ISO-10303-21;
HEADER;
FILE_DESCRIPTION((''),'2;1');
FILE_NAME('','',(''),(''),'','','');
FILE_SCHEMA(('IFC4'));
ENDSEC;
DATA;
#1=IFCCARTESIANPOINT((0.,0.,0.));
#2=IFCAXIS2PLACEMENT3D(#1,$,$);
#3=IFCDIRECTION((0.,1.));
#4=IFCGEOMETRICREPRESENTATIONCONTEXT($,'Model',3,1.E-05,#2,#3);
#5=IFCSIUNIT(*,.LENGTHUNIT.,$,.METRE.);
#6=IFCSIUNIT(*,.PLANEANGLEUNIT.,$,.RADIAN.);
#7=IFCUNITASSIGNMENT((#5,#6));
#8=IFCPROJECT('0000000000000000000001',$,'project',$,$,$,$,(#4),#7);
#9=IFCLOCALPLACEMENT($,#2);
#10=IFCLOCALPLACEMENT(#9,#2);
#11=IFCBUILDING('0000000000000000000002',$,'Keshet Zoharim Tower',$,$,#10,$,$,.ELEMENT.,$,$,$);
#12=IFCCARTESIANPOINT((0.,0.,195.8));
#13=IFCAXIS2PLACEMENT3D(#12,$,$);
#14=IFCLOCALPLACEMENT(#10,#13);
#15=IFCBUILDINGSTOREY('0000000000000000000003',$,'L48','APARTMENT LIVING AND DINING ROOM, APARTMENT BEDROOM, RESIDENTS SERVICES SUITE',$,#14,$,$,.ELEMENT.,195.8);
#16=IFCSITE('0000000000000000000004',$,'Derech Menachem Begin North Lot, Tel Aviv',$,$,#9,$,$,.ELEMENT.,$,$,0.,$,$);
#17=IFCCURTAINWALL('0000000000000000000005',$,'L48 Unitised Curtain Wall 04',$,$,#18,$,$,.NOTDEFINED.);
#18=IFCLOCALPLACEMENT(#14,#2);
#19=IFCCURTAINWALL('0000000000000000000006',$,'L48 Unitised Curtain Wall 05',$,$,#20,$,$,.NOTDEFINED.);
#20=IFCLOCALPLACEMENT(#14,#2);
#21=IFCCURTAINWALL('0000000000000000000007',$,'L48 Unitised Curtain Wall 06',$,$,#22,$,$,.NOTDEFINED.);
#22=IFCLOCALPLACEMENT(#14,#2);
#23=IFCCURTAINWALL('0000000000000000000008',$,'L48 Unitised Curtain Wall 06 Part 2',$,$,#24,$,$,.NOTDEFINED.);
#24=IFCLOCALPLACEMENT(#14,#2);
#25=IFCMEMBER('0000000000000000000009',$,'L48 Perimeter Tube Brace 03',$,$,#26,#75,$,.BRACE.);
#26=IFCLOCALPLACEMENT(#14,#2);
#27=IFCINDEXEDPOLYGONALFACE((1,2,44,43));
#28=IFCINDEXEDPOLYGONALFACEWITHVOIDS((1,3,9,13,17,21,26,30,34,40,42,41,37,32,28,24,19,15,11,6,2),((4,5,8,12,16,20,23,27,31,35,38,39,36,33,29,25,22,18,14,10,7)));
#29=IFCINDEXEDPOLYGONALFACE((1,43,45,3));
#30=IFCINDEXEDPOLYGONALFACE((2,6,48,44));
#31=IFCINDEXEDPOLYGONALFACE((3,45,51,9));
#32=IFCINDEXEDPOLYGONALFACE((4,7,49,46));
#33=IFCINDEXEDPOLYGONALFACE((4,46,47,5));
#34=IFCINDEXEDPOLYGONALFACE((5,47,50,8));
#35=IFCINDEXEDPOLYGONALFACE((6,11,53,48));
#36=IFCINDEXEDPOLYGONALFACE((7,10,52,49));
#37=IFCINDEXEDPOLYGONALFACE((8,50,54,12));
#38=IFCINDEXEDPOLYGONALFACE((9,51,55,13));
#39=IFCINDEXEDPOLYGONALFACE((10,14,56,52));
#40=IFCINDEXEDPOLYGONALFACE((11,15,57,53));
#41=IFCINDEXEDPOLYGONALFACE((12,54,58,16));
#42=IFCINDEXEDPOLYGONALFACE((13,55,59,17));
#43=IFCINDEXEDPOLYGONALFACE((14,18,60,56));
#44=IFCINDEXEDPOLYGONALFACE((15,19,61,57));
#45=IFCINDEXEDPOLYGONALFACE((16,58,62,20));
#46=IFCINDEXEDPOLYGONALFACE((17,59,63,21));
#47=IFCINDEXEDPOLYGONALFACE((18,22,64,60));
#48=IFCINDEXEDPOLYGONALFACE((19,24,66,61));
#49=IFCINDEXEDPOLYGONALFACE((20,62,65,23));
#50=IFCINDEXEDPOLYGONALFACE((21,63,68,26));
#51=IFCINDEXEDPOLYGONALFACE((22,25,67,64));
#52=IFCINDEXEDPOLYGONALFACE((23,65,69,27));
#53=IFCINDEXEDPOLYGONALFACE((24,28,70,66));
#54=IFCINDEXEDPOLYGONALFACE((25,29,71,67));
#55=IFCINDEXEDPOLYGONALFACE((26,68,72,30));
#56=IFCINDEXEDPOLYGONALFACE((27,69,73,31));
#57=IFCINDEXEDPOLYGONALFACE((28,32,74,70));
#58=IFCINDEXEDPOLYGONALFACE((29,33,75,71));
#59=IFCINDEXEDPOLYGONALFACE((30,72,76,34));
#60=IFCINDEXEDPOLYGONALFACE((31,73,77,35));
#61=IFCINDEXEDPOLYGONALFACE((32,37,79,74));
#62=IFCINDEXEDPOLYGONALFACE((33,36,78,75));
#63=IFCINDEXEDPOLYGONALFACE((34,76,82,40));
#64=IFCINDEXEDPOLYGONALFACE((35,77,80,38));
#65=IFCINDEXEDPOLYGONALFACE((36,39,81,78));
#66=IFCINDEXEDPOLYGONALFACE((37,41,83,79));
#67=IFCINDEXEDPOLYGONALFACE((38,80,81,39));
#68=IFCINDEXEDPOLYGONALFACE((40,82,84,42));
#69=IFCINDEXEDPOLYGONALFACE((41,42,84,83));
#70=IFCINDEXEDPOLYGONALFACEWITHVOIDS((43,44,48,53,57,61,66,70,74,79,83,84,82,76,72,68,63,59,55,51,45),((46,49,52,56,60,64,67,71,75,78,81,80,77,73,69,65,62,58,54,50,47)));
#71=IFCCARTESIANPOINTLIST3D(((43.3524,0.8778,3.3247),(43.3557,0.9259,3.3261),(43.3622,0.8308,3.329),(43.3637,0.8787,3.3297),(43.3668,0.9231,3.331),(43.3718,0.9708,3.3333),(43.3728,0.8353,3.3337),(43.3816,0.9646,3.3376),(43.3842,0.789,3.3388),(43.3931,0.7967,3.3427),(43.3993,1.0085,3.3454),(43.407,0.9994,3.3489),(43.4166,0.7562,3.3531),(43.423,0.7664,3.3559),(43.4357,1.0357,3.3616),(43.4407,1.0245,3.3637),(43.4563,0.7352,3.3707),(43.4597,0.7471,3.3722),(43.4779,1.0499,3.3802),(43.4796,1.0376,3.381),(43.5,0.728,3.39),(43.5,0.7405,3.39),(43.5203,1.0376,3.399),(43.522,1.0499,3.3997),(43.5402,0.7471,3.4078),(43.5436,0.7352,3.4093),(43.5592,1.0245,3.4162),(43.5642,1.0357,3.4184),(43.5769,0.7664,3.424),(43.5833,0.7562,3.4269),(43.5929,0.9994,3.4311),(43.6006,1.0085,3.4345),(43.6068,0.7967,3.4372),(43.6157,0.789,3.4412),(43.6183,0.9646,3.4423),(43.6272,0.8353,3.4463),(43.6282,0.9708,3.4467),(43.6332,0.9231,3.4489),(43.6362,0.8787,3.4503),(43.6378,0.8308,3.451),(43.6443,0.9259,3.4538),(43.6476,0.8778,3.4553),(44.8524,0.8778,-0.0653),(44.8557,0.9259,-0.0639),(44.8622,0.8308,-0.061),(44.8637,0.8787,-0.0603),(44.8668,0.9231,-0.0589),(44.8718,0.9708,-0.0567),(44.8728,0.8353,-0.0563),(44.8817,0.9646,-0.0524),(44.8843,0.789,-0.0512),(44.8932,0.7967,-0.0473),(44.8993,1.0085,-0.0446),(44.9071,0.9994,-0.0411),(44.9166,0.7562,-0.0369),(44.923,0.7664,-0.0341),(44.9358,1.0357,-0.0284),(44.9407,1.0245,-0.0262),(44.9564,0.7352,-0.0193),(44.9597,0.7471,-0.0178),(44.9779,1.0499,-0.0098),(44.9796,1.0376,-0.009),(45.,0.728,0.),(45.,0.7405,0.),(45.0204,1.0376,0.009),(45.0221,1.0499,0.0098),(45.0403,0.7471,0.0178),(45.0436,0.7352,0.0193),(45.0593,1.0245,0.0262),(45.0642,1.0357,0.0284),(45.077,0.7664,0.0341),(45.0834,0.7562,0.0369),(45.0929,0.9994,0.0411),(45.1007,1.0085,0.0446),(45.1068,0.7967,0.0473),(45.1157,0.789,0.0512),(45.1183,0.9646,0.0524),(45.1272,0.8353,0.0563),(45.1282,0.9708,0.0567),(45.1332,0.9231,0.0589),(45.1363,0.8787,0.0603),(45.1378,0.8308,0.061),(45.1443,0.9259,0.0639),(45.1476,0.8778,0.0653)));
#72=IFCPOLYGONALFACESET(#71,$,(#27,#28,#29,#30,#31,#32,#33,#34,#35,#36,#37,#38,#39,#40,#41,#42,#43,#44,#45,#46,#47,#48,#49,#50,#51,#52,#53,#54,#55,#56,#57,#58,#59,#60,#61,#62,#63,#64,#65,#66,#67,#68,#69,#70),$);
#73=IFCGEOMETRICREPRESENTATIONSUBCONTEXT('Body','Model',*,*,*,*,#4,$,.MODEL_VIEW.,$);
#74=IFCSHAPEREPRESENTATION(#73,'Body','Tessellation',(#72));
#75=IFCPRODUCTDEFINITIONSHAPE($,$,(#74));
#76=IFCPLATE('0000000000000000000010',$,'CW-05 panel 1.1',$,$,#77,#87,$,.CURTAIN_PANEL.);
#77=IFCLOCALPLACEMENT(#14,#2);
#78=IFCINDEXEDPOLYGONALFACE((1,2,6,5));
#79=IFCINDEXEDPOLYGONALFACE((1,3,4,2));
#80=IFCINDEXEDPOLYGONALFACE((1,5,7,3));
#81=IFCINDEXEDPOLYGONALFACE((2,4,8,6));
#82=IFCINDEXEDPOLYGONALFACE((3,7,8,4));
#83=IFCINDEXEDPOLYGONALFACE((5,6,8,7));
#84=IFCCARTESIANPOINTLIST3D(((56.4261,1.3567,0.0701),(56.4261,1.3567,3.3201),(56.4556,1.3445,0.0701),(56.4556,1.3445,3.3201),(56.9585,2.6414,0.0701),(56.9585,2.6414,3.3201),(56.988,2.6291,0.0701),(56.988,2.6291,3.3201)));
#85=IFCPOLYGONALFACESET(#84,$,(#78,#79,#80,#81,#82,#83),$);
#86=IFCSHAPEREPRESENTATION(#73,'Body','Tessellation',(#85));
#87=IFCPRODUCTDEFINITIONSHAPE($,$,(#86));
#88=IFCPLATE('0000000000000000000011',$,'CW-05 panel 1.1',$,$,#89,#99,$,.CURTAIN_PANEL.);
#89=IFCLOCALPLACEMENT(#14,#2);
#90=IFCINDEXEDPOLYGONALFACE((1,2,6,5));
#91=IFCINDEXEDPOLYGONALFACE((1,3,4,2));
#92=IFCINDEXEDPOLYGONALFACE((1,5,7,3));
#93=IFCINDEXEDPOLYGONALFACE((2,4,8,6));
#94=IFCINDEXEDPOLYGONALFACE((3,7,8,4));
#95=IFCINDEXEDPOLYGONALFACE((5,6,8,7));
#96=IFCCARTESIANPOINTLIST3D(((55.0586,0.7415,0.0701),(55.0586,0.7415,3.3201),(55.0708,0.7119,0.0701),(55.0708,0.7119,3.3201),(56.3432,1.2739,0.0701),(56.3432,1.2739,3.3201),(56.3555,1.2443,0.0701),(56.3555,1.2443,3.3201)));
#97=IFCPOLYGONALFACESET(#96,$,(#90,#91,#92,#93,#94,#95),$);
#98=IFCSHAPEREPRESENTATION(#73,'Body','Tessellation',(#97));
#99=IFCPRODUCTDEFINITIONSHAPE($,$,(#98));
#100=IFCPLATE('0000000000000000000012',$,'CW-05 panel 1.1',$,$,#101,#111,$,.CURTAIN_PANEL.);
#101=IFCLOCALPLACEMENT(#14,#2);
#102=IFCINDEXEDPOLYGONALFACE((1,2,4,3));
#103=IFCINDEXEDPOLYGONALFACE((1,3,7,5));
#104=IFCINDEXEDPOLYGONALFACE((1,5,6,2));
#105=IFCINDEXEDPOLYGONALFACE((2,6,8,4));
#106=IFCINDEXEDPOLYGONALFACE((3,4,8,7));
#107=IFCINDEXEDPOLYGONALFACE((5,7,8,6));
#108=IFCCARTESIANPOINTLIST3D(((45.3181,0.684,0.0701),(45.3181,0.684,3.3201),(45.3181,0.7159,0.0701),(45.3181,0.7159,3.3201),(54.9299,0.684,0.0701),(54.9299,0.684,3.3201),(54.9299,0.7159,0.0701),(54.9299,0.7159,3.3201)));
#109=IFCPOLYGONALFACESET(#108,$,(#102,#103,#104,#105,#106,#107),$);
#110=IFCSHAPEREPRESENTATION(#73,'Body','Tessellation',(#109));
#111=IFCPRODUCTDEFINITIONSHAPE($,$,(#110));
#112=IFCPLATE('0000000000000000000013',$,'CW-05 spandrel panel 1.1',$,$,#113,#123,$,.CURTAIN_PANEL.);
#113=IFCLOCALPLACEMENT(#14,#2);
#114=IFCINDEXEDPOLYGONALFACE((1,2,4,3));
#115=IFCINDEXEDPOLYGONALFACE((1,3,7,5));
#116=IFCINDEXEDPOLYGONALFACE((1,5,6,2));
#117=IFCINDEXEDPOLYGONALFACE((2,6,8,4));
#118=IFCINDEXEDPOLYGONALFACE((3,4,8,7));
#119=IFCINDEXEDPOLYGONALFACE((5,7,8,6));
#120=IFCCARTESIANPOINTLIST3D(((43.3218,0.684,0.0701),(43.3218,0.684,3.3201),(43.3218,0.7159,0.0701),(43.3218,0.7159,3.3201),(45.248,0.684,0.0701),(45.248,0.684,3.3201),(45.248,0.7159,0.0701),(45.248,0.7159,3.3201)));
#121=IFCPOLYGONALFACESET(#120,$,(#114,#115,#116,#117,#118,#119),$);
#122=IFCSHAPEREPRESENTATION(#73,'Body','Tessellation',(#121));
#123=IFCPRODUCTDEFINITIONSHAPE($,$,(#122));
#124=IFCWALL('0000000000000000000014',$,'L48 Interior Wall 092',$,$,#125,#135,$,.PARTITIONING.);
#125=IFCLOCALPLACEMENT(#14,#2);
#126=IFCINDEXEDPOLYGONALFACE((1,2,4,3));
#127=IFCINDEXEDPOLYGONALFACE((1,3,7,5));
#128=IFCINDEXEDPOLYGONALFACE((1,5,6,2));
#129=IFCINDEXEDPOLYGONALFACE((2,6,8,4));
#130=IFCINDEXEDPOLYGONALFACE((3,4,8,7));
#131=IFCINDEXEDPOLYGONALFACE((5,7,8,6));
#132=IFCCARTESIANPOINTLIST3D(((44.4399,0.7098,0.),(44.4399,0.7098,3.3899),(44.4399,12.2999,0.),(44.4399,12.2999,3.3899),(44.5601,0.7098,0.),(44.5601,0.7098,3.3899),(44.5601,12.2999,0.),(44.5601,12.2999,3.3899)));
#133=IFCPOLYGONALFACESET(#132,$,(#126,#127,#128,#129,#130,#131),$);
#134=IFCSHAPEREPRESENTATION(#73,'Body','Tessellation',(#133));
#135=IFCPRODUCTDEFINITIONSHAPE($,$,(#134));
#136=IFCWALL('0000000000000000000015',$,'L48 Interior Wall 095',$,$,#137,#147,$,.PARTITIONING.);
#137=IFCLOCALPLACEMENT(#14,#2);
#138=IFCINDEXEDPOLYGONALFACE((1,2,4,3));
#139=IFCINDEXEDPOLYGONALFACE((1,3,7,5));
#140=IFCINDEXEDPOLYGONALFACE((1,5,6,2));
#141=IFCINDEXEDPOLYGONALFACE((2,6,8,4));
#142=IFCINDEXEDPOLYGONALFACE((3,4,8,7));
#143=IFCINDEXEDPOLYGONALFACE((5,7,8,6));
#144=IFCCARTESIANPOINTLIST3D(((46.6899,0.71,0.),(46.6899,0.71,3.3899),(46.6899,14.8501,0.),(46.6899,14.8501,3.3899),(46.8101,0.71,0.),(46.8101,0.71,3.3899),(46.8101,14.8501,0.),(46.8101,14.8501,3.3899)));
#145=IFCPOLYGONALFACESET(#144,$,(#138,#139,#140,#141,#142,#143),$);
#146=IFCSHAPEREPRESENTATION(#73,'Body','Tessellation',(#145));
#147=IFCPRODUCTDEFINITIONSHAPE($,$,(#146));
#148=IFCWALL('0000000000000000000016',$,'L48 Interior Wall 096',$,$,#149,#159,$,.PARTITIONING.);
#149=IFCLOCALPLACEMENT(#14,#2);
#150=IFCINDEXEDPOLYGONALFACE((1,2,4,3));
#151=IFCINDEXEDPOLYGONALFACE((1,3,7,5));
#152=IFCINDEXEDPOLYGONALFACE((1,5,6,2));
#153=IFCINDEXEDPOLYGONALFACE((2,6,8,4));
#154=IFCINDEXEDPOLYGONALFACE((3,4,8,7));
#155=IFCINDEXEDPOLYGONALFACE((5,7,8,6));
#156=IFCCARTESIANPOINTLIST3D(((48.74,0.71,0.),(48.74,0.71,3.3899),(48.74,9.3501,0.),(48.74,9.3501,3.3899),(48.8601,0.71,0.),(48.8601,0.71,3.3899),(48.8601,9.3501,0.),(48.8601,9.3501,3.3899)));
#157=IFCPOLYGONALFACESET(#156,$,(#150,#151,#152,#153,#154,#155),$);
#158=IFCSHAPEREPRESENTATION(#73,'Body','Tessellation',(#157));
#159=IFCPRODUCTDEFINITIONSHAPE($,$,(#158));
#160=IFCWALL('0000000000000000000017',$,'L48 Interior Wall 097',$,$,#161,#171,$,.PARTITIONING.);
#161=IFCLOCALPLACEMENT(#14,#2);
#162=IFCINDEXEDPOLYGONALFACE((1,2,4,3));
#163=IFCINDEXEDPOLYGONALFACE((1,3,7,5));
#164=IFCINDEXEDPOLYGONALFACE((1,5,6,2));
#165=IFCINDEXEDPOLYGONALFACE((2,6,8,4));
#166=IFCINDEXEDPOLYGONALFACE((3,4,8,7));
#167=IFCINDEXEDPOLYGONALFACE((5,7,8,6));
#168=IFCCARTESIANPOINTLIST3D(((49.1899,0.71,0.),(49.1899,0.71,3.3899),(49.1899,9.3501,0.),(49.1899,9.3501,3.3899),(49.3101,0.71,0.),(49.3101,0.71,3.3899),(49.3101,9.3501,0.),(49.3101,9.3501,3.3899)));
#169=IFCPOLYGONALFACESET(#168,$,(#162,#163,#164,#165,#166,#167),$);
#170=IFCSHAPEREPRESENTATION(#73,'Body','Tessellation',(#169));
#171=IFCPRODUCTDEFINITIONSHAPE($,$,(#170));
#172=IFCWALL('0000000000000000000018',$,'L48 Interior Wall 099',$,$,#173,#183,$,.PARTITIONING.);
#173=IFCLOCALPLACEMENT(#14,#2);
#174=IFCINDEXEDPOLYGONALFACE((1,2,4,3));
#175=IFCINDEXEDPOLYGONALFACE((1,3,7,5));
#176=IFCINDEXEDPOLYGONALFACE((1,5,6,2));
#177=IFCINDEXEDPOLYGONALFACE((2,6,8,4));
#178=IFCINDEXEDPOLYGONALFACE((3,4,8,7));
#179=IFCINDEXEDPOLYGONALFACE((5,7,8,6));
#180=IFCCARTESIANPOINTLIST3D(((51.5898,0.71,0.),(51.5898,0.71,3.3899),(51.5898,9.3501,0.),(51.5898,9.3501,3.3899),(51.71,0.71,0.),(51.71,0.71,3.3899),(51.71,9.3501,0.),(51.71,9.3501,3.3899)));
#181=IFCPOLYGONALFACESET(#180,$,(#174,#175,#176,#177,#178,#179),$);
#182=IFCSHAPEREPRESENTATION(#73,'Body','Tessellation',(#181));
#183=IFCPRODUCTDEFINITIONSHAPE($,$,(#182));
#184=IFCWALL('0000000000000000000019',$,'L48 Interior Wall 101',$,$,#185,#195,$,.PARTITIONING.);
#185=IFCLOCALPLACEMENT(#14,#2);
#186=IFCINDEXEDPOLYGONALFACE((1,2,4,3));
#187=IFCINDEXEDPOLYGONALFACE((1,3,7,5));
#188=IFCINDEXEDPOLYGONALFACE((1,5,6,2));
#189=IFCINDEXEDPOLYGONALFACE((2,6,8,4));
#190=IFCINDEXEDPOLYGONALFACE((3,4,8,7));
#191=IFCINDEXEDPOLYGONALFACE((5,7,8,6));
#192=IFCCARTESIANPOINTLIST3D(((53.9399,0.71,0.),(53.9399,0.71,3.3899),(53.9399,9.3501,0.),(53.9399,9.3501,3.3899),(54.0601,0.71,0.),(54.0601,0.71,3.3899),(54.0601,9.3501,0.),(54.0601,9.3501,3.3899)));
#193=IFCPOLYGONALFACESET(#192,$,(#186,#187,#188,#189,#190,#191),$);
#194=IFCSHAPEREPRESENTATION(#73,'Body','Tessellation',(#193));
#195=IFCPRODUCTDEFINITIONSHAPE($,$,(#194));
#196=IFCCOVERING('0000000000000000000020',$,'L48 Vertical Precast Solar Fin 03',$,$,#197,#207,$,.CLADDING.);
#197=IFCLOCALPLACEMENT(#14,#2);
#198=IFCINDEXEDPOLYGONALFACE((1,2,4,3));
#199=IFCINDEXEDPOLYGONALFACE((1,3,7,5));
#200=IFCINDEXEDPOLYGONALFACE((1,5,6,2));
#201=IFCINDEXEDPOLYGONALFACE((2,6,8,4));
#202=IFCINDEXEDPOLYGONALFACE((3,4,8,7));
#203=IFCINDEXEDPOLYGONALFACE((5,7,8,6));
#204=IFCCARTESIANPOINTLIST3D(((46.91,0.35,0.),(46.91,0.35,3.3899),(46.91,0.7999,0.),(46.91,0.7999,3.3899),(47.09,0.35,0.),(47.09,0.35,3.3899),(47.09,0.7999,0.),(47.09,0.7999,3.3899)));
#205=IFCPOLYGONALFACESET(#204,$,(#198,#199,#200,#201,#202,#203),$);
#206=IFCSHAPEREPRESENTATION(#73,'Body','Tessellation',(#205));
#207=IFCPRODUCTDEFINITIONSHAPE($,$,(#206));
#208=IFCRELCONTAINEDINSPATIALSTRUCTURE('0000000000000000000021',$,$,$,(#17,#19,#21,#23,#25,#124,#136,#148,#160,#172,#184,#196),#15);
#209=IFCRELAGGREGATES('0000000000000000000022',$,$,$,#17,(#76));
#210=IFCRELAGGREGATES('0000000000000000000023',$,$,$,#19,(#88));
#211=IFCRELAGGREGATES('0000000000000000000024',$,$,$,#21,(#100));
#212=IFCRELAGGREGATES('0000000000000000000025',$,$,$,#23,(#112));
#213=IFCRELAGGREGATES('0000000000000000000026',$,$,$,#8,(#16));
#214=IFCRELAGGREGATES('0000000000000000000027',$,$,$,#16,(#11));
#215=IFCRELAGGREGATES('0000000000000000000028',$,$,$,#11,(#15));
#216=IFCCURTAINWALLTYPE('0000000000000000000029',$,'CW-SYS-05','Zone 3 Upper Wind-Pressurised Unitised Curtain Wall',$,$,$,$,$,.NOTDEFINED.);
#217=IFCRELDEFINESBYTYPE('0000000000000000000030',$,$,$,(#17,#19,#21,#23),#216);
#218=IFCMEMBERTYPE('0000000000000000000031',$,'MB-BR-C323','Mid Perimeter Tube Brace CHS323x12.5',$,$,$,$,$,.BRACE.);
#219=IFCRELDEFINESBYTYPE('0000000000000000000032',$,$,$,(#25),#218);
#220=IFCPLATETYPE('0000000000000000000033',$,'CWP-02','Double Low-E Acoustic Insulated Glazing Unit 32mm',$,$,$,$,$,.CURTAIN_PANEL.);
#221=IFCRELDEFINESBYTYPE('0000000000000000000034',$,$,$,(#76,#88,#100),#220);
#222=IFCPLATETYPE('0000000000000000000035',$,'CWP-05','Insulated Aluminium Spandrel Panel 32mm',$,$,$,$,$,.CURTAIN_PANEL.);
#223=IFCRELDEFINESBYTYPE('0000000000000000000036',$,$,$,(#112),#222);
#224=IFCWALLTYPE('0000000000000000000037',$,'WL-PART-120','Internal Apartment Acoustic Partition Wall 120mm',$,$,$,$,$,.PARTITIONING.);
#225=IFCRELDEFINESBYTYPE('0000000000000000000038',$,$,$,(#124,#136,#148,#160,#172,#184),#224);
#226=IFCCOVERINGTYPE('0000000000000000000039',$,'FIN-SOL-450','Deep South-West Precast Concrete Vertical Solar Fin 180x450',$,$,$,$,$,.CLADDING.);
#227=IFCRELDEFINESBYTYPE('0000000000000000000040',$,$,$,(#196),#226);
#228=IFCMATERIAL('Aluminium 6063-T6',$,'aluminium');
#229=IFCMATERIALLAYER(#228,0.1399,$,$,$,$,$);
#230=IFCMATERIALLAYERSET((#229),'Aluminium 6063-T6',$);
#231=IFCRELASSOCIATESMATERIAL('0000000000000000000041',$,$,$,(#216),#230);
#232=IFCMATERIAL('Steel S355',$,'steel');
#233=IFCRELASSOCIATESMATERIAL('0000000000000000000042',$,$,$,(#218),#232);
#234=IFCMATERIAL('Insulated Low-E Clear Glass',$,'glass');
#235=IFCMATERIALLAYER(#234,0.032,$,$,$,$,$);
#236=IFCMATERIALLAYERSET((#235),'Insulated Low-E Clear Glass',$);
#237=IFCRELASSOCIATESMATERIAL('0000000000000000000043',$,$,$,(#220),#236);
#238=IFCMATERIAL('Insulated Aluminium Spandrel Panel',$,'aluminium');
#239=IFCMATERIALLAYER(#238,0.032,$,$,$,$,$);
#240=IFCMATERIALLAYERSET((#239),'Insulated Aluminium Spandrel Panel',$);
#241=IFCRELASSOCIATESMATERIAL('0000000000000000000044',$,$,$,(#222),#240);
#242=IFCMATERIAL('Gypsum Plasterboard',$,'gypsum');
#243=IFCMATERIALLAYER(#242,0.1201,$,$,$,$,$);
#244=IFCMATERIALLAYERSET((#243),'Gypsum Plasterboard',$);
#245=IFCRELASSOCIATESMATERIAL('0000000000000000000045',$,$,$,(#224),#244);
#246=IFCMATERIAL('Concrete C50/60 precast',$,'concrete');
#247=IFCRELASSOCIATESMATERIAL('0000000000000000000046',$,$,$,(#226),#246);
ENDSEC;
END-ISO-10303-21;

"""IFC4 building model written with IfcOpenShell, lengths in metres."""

from ifc_helpers import new_model, si_unit, direction, frame, frame_2d, origin, origin_2d, place, context, subcontext, project, spatial, rectangle, hollow_circle, extrude, material, layer, layer_set, material_profile, profile_set, type_object, element, aggregate, save


model = new_model("IFC4")

# Units and contexts
model_context = context("Model", 3, precision=1e-05, world=origin(), true_north=direction((0.0, 1.0)))
body_context = subcontext(model_context, "Body", "Model", "MODEL_VIEW")
ifc_project = project(units=[si_unit("LENGTHUNIT", "METRE"), si_unit("PLANEANGLEUNIT", "RADIAN")], contexts=[model_context])

# Site, building, storey
site_placement = place(None, origin())
site = spatial("IfcSite", under=ifc_project, at=site_placement, Name="Derech Menachem Begin North Lot, Tel Aviv", CompositionType="ELEMENT", RefElevation=0.0)
building_placement = place(site_placement, origin())
building = spatial("IfcBuilding", under=site, at=building_placement, Name="Keshet Zoharim Tower", CompositionType="ELEMENT")
storey_placement = place(building_placement, frame((0.0, 0.0, 195.8)))
storey = spatial("IfcBuildingStorey", under=building, at=storey_placement, Name="L48", Description="APARTMENT LIVING AND DINING ROOM, APARTMENT BEDROOM, RESIDENTS SERVICES SUITE", CompositionType="ELEMENT", Elevation=195.8)

# Shared definitions
ifc_material_1 = material(Name="Steel S355", Category="steel")

# Curtain walls
ifc_material_2 = material(Name="Aluminium 6063-T6", Category="aluminium")
ifc_layer_1 = layer(ifc_material_2, 0.1399)
ifc_layer_set_1 = layer_set([ifc_layer_1], Name="Aluminium 6063-T6")
curtain_wall_type = type_object("IfcCurtainWallType", Name="CW-SYS-05", Description="Zone 3 Upper Wind-Pressurised Unitised Curtain Wall", PredefinedType="NOTDEFINED", material=ifc_layer_set_1)
curtain_wall_1_placement = place(storey_placement, origin())
curtain_wall_1 = element("IfcCurtainWall", 1, at=curtain_wall_1_placement, inside=storey, type_object=curtain_wall_type, Name="L48 Unitised Curtain Wall 04", PredefinedType="NOTDEFINED")
curtain_wall_2_placement = place(storey_placement, origin())
curtain_wall_2 = element("IfcCurtainWall", 2, at=curtain_wall_2_placement, inside=storey, type_object=curtain_wall_type, Name="L48 Unitised Curtain Wall 05", PredefinedType="NOTDEFINED")
curtain_wall_3_placement = place(storey_placement, origin())
curtain_wall_3 = element("IfcCurtainWall", 3, at=curtain_wall_3_placement, inside=storey, type_object=curtain_wall_type, Name="L48 Unitised Curtain Wall 06", PredefinedType="NOTDEFINED")

# Curtain wall
curtain_wall_4_placement = place(storey_placement, origin())
curtain_wall_4 = element("IfcCurtainWall", 4, at=curtain_wall_4_placement, inside=storey, type_object=curtain_wall_type, Name="L48 Unitised Curtain Wall 06 Part 2", PredefinedType="NOTDEFINED")

# Member
ifc_material_profile_1 = material_profile(ifc_material_1, hollow_circle(Radius=0.1619, WallThickness=0.0125, at=origin_2d()), Name="CHS323x12.5")
ifc_profile_set_1 = profile_set([ifc_material_profile_1], Name="Steel S355")
member_type_1 = type_object("IfcMemberType", Name="MB-BR-C323", Description="Mid Perimeter Tube Brace CHS323x12.5", PredefinedType="BRACE", material=ifc_profile_set_1)
member_1_placement = place(storey_placement, frame((45.0, 0.8899, 0.0), z_axis=(-0.404647, 0.0, 0.914473), x_axis=(0.0, -1.0, 0.0)))
element("IfcMember", 5, at=member_1_placement, inside=storey, type_object=member_type_1, Name="L48 Perimeter Tube Brace 03", PredefinedType="BRACE", context=body_context, shape_type="SweptSolid", body=[
    extrude(hollow_circle(Radius=0.1619, WallThickness=0.0125, at=origin_2d()), origin(), (0.0, 0.0, 1.0), 3.707),
])

# Plates
ifc_material_3 = material(Name="Insulated Low-E Clear Glass", Category="glass")
ifc_layer_2 = layer(ifc_material_3, 0.032)
ifc_layer_set_2 = layer_set([ifc_layer_2], Name="Insulated Low-E Clear Glass")
plate_type_1 = type_object("IfcPlateType", Name="CWP-02", Description="Double Low-E Acoustic Insulated Glazing Unit 32mm", PredefinedType="CURTAIN_PANEL", material=ifc_layer_set_2)
plate_1_placement = place(storey_placement, frame((56.707, 1.9929, 0.0701), z_axis=(0.0, 0.0, 1.0), x_axis=(-0.382852, -0.92381, 0.0)))
plate_1 = element("IfcPlate", 6, at=plate_1_placement, type_object=plate_type_1, Name="CW-05 panel 1.1", PredefinedType="CURTAIN_PANEL", context=body_context, shape_type="SweptSolid", body=[
    extrude(rectangle(XDim=1.3906, YDim=0.032, at=origin_2d()), origin(), (0.0, 0.0, 1.0), 3.25),
])
aggregate(curtain_wall_1, [plate_1])
plate_2_placement = place(storey_placement, frame((55.707, 0.9929, 0.0701), z_axis=(0.0, 0.0, 1.0), x_axis=(-0.92381, -0.382852, 0.0)))
plate_2 = element("IfcPlate", 7, at=plate_2_placement, type_object=plate_type_1, Name="CW-05 panel 1.1", PredefinedType="CURTAIN_PANEL", context=body_context, shape_type="SweptSolid", body=[
    extrude(rectangle(XDim=1.3906, YDim=0.032, at=origin_2d()), origin(), (0.0, 0.0, 1.0), 3.25),
])
aggregate(curtain_wall_2, [plate_2])
plate_3_placement = place(storey_placement, frame((50.124, 0.7, 0.0701), z_axis=(0.0, 0.0, 1.0), x_axis=(-1.0, 0.0, 0.0)))
plate_3 = element("IfcPlate", 8, at=plate_3_placement, type_object=plate_type_1, Name="CW-05 panel 1.1", PredefinedType="CURTAIN_PANEL", context=body_context, shape_type="SweptSolid", body=[
    extrude(rectangle(XDim=9.6118, YDim=0.032, at=origin_2d()), origin(), (0.0, 0.0, 1.0), 3.25),
])
aggregate(curtain_wall_3, [plate_3])
ifc_material_4 = material(Name="Insulated Aluminium Spandrel Panel", Category="aluminium")
ifc_layer_3 = layer(ifc_material_4, 0.032)
ifc_layer_set_3 = layer_set([ifc_layer_3], Name="Insulated Aluminium Spandrel Panel")
plate_type_2 = type_object("IfcPlateType", Name="CWP-05", Description="Insulated Aluminium Spandrel Panel 32mm", PredefinedType="CURTAIN_PANEL", material=ifc_layer_set_3)
plate_4_placement = place(storey_placement, frame((44.2849, 0.7, 0.0701), z_axis=(0.0, 0.0, 1.0), x_axis=(-1.0, 0.0, 0.0)))
plate_4 = element("IfcPlate", 9, at=plate_4_placement, type_object=plate_type_2, Name="CW-05 spandrel panel 1.1", PredefinedType="CURTAIN_PANEL", context=body_context, shape_type="SweptSolid", body=[
    extrude(rectangle(XDim=1.9263, YDim=0.032, at=origin_2d()), origin(), (0.0, 0.0, 1.0), 3.25),
])
aggregate(curtain_wall_4, [plate_4])

# Walls
ifc_material_5 = material(Name="Gypsum Plasterboard", Category="gypsum")
ifc_layer_4 = layer(ifc_material_5, 0.1201)
ifc_layer_set_4 = layer_set([ifc_layer_4], Name="Gypsum Plasterboard")
wall_type = type_object("IfcWallType", Name="WL-PART-120", Description="Internal Apartment Acoustic Partition Wall 120mm", PredefinedType="PARTITIONING", material=ifc_layer_set_4)
wall_1_placement = place(storey_placement, frame((44.5, 0.71, 0.0), z_axis=(0.0, 0.0, 1.0), x_axis=(0.0, 1.0, 0.0)))
element("IfcWall", 10, at=wall_1_placement, inside=storey, type_object=wall_type, Name="L48 Interior Wall 092", PredefinedType="PARTITIONING", context=body_context, shape_type="SweptSolid", body=[
    extrude(rectangle(XDim=11.5901, YDim=0.1201, at=frame_2d((5.7949, 0.0))), origin(), (0.0, 0.0, 1.0), 3.3899),
])
wall_2_placement = place(storey_placement, frame((46.75, 0.71, 0.0), z_axis=(0.0, 0.0, 1.0), x_axis=(0.0, 1.0, 0.0)))
element("IfcWall", 11, at=wall_2_placement, inside=storey, type_object=wall_type, Name="L48 Interior Wall 095", PredefinedType="PARTITIONING", context=body_context, shape_type="SweptSolid", body=[
    extrude(rectangle(XDim=14.1401, YDim=0.1201, at=frame_2d((7.0701, 0.0))), origin(), (0.0, 0.0, 1.0), 3.3899),
])
for number, where, z_axis, x_axis, name in (
    (12, (48.8, 0.71, 0.0), (0.0, 0.0, 1.0), (0.0, 1.0, 0.0), "L48 Interior Wall 096"),
    (13, (49.25, 0.71, 0.0), (0.0, 0.0, 1.0), (0.0, 1.0, 0.0), "L48 Interior Wall 097"),
    (14, (51.6499, 0.71, 0.0), (0.0, 0.0, 1.0), (0.0, 1.0, 0.0), "L48 Interior Wall 099"),
    (15, (54.0, 0.71, 0.0), (0.0, 0.0, 1.0), (0.0, 1.0, 0.0), "L48 Interior Wall 101"),
):
    element("IfcWall", number, at=place(storey_placement, frame(where, z_axis=z_axis, x_axis=x_axis)), inside=storey, type_object=wall_type, Name=name, PredefinedType="PARTITIONING", context=body_context, shape_type="SweptSolid", body=[
        extrude(rectangle(XDim=8.6401, YDim=0.1201, at=frame_2d((4.3201, 0.0))), origin(), (0.0, 0.0, 1.0), 3.3899),
    ])

# Covering
ifc_material_6 = material(Name="Concrete C50/60 precast", Category="concrete")
covering_type = type_object("IfcCoveringType", Name="FIN-SOL-450", Description="Deep South-West Precast Concrete Vertical Solar Fin 180x450", PredefinedType="CLADDING", material=ifc_material_6)
covering_placement = place(storey_placement, frame((47.0, 0.575, 0.0), z_axis=(0.0, 0.0, 1.0), x_axis=(-1.0, 0.0, 0.0)))
element("IfcCovering", 16, at=covering_placement, inside=storey, type_object=covering_type, Name="L48 Vertical Precast Solar Fin 03", PredefinedType="CLADDING", context=body_context, shape_type="SweptSolid", body=[
    extrude(rectangle(XDim=0.1799, YDim=0.45, at=origin_2d()), origin(), (0.0, 0.0, 1.0), 3.3899),
])

save(model, "model.ifc")
